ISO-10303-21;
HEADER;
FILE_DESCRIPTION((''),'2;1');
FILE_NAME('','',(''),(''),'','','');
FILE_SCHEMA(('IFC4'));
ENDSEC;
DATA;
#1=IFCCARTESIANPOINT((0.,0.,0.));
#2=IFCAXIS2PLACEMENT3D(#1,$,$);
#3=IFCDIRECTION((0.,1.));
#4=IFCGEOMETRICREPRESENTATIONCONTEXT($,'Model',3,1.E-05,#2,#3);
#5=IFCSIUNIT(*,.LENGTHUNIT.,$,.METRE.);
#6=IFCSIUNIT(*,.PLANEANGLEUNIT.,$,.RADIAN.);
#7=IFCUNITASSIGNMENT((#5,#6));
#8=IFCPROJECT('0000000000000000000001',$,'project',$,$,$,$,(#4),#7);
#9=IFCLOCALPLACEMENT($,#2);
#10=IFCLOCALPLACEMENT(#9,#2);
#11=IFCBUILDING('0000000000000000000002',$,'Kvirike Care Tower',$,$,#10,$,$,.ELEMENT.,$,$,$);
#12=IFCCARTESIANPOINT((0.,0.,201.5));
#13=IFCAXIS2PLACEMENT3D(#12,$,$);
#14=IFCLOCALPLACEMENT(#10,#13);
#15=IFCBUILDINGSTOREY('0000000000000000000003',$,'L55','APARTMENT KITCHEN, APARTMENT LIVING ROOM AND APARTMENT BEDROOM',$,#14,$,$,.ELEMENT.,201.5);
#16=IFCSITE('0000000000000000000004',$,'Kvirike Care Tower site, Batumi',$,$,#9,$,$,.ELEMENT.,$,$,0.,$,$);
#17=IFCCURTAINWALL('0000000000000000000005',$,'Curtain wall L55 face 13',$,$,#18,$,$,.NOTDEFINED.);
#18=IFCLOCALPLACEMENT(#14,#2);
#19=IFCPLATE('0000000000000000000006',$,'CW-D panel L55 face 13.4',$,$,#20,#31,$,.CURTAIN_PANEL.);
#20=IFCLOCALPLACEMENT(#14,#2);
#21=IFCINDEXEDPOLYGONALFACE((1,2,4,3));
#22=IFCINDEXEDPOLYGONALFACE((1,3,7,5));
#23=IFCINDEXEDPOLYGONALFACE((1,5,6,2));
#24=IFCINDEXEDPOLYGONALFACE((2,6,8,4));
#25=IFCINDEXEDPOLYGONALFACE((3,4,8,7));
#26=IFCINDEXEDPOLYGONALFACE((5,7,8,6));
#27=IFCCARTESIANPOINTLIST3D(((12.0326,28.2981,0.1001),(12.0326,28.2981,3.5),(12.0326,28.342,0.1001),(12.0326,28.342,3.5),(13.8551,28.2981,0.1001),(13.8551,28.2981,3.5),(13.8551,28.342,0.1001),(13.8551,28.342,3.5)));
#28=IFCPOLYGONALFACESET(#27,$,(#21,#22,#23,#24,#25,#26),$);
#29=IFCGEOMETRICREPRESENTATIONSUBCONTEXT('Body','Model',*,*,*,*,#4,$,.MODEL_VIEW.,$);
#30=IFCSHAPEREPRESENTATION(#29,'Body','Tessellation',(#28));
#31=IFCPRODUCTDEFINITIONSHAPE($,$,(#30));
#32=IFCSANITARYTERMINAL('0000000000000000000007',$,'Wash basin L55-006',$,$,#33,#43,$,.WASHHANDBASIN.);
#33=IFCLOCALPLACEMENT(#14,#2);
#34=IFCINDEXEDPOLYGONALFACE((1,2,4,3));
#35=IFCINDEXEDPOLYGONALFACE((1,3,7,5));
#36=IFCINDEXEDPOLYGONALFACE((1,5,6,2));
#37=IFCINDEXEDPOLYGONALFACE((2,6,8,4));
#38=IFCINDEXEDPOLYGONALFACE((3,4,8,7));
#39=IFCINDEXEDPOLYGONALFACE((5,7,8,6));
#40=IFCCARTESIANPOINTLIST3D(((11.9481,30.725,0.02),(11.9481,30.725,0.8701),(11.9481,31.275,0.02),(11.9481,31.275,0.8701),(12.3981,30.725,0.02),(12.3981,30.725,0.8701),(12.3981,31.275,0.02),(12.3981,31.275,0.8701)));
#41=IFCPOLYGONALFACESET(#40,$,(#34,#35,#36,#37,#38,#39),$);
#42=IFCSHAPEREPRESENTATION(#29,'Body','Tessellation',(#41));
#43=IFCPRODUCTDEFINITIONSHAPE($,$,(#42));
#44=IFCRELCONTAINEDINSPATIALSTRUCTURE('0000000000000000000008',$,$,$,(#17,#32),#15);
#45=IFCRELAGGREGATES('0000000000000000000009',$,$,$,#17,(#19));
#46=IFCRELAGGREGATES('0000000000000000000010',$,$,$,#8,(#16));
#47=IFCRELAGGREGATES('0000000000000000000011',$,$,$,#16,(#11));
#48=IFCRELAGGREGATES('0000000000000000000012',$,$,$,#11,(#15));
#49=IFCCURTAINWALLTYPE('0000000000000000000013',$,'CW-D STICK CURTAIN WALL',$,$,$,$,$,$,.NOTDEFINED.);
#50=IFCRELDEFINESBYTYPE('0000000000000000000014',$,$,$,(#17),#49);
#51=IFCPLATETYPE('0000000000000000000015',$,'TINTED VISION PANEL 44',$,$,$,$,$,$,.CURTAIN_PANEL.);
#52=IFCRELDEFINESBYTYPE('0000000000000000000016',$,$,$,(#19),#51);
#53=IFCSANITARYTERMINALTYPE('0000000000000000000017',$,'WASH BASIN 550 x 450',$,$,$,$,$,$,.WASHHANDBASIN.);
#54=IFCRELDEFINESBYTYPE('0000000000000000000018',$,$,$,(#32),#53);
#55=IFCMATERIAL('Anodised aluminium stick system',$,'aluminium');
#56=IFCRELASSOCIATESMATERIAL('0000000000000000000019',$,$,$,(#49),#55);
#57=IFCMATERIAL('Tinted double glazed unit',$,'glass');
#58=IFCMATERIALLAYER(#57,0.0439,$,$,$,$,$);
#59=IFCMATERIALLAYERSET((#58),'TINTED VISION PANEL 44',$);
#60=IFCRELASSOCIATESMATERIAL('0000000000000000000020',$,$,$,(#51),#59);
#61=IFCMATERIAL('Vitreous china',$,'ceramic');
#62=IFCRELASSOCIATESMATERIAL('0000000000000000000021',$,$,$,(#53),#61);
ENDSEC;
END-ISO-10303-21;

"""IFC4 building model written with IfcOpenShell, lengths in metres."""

from ifc_helpers import new_model, si_unit, direction, frame, origin, origin_2d, place, context, subcontext, project, spatial, rectangle, extrude, material, layer, layer_set, type_object, element, aggregate, save


model = new_model("IFC4")

# Units and contexts
model_context = context("Model", 3, precision=1e-05, world=origin(), true_north=direction((0.0, 1.0)))
body_context = subcontext(model_context, "Body", "Model", "MODEL_VIEW")
ifc_project = project(units=[si_unit("LENGTHUNIT", "METRE"), si_unit("PLANEANGLEUNIT", "RADIAN")], contexts=[model_context])

# Site, building, storey
site_placement = place(None, origin())
site = spatial("IfcSite", under=ifc_project, at=site_placement, Name="Kvirike Care Tower site, Batumi", CompositionType="ELEMENT", RefElevation=0.0)
building_placement = place(site_placement, origin())
building = spatial("IfcBuilding", under=site, at=building_placement, Name="Kvirike Care Tower", CompositionType="ELEMENT")
storey_placement = place(building_placement, frame((0.0, 0.0, 201.5)))
storey = spatial("IfcBuildingStorey", under=building, at=storey_placement, Name="L55", Description="APARTMENT KITCHEN, APARTMENT LIVING ROOM AND APARTMENT BEDROOM", CompositionType="ELEMENT", Elevation=201.5)

# Curtain wall
ifc_material_1 = material(Name="Anodised aluminium stick system", Category="aluminium")
curtain_wall_type = type_object("IfcCurtainWallType", Name="CW-D STICK CURTAIN WALL", PredefinedType="NOTDEFINED", material=ifc_material_1)
curtain_wall_1_placement = place(storey_placement, origin())
curtain_wall_1 = element("IfcCurtainWall", 1, at=curtain_wall_1_placement, inside=storey, type_object=curtain_wall_type, Name="Curtain wall L55 face 13", PredefinedType="NOTDEFINED")

# Plate
ifc_material_2 = material(Name="Tinted double glazed unit", Category="glass")
ifc_layer = layer(ifc_material_2, 0.0439)
ifc_layer_set = layer_set([ifc_layer], Name="TINTED VISION PANEL 44")
plate_type = type_object("IfcPlateType", Name="TINTED VISION PANEL 44", PredefinedType="CURTAIN_PANEL", material=ifc_layer_set)
plate_1_placement = place(storey_placement, frame((12.9438, 28.3201, 0.1001), z_axis=(0.0, 0.0, 1.0), x_axis=(1.0, 0.0, 0.0)))
plate_1 = element("IfcPlate", 2, at=plate_1_placement, type_object=plate_type, Name="CW-D panel L55 face 13.4", PredefinedType="CURTAIN_PANEL", context=body_context, shape_type="SweptSolid", body=[
    extrude(rectangle(XDim=1.8225, YDim=0.0439, at=origin_2d()), origin(), (0.0, 0.0, 1.0), 3.3999),
])
aggregate(curtain_wall_1, [plate_1])

# Sanitary terminal
ifc_material_3 = material(Name="Vitreous china", Category="ceramic")
sanitary_terminal_type = type_object("IfcSanitaryTerminalType", Name="WASH BASIN 550 x 450", PredefinedType="WASHHANDBASIN", material=ifc_material_3)
sanitary_terminal_placement = place(storey_placement, frame((12.1731, 31.0, 0.02), z_axis=(0.0, 0.0, 1.0), x_axis=(0.0, -1.0, 0.0)))
element("IfcSanitaryTerminal", 3, at=sanitary_terminal_placement, inside=storey, type_object=sanitary_terminal_type, Name="Wash basin L55-006", PredefinedType="WASHHANDBASIN", context=body_context, shape_type="SweptSolid", body=[
    extrude(rectangle(XDim=0.55, YDim=0.45, at=origin_2d()), origin(), (0.0, 0.0, 1.0), 0.8501),
])

save(model, "model.ifc")
